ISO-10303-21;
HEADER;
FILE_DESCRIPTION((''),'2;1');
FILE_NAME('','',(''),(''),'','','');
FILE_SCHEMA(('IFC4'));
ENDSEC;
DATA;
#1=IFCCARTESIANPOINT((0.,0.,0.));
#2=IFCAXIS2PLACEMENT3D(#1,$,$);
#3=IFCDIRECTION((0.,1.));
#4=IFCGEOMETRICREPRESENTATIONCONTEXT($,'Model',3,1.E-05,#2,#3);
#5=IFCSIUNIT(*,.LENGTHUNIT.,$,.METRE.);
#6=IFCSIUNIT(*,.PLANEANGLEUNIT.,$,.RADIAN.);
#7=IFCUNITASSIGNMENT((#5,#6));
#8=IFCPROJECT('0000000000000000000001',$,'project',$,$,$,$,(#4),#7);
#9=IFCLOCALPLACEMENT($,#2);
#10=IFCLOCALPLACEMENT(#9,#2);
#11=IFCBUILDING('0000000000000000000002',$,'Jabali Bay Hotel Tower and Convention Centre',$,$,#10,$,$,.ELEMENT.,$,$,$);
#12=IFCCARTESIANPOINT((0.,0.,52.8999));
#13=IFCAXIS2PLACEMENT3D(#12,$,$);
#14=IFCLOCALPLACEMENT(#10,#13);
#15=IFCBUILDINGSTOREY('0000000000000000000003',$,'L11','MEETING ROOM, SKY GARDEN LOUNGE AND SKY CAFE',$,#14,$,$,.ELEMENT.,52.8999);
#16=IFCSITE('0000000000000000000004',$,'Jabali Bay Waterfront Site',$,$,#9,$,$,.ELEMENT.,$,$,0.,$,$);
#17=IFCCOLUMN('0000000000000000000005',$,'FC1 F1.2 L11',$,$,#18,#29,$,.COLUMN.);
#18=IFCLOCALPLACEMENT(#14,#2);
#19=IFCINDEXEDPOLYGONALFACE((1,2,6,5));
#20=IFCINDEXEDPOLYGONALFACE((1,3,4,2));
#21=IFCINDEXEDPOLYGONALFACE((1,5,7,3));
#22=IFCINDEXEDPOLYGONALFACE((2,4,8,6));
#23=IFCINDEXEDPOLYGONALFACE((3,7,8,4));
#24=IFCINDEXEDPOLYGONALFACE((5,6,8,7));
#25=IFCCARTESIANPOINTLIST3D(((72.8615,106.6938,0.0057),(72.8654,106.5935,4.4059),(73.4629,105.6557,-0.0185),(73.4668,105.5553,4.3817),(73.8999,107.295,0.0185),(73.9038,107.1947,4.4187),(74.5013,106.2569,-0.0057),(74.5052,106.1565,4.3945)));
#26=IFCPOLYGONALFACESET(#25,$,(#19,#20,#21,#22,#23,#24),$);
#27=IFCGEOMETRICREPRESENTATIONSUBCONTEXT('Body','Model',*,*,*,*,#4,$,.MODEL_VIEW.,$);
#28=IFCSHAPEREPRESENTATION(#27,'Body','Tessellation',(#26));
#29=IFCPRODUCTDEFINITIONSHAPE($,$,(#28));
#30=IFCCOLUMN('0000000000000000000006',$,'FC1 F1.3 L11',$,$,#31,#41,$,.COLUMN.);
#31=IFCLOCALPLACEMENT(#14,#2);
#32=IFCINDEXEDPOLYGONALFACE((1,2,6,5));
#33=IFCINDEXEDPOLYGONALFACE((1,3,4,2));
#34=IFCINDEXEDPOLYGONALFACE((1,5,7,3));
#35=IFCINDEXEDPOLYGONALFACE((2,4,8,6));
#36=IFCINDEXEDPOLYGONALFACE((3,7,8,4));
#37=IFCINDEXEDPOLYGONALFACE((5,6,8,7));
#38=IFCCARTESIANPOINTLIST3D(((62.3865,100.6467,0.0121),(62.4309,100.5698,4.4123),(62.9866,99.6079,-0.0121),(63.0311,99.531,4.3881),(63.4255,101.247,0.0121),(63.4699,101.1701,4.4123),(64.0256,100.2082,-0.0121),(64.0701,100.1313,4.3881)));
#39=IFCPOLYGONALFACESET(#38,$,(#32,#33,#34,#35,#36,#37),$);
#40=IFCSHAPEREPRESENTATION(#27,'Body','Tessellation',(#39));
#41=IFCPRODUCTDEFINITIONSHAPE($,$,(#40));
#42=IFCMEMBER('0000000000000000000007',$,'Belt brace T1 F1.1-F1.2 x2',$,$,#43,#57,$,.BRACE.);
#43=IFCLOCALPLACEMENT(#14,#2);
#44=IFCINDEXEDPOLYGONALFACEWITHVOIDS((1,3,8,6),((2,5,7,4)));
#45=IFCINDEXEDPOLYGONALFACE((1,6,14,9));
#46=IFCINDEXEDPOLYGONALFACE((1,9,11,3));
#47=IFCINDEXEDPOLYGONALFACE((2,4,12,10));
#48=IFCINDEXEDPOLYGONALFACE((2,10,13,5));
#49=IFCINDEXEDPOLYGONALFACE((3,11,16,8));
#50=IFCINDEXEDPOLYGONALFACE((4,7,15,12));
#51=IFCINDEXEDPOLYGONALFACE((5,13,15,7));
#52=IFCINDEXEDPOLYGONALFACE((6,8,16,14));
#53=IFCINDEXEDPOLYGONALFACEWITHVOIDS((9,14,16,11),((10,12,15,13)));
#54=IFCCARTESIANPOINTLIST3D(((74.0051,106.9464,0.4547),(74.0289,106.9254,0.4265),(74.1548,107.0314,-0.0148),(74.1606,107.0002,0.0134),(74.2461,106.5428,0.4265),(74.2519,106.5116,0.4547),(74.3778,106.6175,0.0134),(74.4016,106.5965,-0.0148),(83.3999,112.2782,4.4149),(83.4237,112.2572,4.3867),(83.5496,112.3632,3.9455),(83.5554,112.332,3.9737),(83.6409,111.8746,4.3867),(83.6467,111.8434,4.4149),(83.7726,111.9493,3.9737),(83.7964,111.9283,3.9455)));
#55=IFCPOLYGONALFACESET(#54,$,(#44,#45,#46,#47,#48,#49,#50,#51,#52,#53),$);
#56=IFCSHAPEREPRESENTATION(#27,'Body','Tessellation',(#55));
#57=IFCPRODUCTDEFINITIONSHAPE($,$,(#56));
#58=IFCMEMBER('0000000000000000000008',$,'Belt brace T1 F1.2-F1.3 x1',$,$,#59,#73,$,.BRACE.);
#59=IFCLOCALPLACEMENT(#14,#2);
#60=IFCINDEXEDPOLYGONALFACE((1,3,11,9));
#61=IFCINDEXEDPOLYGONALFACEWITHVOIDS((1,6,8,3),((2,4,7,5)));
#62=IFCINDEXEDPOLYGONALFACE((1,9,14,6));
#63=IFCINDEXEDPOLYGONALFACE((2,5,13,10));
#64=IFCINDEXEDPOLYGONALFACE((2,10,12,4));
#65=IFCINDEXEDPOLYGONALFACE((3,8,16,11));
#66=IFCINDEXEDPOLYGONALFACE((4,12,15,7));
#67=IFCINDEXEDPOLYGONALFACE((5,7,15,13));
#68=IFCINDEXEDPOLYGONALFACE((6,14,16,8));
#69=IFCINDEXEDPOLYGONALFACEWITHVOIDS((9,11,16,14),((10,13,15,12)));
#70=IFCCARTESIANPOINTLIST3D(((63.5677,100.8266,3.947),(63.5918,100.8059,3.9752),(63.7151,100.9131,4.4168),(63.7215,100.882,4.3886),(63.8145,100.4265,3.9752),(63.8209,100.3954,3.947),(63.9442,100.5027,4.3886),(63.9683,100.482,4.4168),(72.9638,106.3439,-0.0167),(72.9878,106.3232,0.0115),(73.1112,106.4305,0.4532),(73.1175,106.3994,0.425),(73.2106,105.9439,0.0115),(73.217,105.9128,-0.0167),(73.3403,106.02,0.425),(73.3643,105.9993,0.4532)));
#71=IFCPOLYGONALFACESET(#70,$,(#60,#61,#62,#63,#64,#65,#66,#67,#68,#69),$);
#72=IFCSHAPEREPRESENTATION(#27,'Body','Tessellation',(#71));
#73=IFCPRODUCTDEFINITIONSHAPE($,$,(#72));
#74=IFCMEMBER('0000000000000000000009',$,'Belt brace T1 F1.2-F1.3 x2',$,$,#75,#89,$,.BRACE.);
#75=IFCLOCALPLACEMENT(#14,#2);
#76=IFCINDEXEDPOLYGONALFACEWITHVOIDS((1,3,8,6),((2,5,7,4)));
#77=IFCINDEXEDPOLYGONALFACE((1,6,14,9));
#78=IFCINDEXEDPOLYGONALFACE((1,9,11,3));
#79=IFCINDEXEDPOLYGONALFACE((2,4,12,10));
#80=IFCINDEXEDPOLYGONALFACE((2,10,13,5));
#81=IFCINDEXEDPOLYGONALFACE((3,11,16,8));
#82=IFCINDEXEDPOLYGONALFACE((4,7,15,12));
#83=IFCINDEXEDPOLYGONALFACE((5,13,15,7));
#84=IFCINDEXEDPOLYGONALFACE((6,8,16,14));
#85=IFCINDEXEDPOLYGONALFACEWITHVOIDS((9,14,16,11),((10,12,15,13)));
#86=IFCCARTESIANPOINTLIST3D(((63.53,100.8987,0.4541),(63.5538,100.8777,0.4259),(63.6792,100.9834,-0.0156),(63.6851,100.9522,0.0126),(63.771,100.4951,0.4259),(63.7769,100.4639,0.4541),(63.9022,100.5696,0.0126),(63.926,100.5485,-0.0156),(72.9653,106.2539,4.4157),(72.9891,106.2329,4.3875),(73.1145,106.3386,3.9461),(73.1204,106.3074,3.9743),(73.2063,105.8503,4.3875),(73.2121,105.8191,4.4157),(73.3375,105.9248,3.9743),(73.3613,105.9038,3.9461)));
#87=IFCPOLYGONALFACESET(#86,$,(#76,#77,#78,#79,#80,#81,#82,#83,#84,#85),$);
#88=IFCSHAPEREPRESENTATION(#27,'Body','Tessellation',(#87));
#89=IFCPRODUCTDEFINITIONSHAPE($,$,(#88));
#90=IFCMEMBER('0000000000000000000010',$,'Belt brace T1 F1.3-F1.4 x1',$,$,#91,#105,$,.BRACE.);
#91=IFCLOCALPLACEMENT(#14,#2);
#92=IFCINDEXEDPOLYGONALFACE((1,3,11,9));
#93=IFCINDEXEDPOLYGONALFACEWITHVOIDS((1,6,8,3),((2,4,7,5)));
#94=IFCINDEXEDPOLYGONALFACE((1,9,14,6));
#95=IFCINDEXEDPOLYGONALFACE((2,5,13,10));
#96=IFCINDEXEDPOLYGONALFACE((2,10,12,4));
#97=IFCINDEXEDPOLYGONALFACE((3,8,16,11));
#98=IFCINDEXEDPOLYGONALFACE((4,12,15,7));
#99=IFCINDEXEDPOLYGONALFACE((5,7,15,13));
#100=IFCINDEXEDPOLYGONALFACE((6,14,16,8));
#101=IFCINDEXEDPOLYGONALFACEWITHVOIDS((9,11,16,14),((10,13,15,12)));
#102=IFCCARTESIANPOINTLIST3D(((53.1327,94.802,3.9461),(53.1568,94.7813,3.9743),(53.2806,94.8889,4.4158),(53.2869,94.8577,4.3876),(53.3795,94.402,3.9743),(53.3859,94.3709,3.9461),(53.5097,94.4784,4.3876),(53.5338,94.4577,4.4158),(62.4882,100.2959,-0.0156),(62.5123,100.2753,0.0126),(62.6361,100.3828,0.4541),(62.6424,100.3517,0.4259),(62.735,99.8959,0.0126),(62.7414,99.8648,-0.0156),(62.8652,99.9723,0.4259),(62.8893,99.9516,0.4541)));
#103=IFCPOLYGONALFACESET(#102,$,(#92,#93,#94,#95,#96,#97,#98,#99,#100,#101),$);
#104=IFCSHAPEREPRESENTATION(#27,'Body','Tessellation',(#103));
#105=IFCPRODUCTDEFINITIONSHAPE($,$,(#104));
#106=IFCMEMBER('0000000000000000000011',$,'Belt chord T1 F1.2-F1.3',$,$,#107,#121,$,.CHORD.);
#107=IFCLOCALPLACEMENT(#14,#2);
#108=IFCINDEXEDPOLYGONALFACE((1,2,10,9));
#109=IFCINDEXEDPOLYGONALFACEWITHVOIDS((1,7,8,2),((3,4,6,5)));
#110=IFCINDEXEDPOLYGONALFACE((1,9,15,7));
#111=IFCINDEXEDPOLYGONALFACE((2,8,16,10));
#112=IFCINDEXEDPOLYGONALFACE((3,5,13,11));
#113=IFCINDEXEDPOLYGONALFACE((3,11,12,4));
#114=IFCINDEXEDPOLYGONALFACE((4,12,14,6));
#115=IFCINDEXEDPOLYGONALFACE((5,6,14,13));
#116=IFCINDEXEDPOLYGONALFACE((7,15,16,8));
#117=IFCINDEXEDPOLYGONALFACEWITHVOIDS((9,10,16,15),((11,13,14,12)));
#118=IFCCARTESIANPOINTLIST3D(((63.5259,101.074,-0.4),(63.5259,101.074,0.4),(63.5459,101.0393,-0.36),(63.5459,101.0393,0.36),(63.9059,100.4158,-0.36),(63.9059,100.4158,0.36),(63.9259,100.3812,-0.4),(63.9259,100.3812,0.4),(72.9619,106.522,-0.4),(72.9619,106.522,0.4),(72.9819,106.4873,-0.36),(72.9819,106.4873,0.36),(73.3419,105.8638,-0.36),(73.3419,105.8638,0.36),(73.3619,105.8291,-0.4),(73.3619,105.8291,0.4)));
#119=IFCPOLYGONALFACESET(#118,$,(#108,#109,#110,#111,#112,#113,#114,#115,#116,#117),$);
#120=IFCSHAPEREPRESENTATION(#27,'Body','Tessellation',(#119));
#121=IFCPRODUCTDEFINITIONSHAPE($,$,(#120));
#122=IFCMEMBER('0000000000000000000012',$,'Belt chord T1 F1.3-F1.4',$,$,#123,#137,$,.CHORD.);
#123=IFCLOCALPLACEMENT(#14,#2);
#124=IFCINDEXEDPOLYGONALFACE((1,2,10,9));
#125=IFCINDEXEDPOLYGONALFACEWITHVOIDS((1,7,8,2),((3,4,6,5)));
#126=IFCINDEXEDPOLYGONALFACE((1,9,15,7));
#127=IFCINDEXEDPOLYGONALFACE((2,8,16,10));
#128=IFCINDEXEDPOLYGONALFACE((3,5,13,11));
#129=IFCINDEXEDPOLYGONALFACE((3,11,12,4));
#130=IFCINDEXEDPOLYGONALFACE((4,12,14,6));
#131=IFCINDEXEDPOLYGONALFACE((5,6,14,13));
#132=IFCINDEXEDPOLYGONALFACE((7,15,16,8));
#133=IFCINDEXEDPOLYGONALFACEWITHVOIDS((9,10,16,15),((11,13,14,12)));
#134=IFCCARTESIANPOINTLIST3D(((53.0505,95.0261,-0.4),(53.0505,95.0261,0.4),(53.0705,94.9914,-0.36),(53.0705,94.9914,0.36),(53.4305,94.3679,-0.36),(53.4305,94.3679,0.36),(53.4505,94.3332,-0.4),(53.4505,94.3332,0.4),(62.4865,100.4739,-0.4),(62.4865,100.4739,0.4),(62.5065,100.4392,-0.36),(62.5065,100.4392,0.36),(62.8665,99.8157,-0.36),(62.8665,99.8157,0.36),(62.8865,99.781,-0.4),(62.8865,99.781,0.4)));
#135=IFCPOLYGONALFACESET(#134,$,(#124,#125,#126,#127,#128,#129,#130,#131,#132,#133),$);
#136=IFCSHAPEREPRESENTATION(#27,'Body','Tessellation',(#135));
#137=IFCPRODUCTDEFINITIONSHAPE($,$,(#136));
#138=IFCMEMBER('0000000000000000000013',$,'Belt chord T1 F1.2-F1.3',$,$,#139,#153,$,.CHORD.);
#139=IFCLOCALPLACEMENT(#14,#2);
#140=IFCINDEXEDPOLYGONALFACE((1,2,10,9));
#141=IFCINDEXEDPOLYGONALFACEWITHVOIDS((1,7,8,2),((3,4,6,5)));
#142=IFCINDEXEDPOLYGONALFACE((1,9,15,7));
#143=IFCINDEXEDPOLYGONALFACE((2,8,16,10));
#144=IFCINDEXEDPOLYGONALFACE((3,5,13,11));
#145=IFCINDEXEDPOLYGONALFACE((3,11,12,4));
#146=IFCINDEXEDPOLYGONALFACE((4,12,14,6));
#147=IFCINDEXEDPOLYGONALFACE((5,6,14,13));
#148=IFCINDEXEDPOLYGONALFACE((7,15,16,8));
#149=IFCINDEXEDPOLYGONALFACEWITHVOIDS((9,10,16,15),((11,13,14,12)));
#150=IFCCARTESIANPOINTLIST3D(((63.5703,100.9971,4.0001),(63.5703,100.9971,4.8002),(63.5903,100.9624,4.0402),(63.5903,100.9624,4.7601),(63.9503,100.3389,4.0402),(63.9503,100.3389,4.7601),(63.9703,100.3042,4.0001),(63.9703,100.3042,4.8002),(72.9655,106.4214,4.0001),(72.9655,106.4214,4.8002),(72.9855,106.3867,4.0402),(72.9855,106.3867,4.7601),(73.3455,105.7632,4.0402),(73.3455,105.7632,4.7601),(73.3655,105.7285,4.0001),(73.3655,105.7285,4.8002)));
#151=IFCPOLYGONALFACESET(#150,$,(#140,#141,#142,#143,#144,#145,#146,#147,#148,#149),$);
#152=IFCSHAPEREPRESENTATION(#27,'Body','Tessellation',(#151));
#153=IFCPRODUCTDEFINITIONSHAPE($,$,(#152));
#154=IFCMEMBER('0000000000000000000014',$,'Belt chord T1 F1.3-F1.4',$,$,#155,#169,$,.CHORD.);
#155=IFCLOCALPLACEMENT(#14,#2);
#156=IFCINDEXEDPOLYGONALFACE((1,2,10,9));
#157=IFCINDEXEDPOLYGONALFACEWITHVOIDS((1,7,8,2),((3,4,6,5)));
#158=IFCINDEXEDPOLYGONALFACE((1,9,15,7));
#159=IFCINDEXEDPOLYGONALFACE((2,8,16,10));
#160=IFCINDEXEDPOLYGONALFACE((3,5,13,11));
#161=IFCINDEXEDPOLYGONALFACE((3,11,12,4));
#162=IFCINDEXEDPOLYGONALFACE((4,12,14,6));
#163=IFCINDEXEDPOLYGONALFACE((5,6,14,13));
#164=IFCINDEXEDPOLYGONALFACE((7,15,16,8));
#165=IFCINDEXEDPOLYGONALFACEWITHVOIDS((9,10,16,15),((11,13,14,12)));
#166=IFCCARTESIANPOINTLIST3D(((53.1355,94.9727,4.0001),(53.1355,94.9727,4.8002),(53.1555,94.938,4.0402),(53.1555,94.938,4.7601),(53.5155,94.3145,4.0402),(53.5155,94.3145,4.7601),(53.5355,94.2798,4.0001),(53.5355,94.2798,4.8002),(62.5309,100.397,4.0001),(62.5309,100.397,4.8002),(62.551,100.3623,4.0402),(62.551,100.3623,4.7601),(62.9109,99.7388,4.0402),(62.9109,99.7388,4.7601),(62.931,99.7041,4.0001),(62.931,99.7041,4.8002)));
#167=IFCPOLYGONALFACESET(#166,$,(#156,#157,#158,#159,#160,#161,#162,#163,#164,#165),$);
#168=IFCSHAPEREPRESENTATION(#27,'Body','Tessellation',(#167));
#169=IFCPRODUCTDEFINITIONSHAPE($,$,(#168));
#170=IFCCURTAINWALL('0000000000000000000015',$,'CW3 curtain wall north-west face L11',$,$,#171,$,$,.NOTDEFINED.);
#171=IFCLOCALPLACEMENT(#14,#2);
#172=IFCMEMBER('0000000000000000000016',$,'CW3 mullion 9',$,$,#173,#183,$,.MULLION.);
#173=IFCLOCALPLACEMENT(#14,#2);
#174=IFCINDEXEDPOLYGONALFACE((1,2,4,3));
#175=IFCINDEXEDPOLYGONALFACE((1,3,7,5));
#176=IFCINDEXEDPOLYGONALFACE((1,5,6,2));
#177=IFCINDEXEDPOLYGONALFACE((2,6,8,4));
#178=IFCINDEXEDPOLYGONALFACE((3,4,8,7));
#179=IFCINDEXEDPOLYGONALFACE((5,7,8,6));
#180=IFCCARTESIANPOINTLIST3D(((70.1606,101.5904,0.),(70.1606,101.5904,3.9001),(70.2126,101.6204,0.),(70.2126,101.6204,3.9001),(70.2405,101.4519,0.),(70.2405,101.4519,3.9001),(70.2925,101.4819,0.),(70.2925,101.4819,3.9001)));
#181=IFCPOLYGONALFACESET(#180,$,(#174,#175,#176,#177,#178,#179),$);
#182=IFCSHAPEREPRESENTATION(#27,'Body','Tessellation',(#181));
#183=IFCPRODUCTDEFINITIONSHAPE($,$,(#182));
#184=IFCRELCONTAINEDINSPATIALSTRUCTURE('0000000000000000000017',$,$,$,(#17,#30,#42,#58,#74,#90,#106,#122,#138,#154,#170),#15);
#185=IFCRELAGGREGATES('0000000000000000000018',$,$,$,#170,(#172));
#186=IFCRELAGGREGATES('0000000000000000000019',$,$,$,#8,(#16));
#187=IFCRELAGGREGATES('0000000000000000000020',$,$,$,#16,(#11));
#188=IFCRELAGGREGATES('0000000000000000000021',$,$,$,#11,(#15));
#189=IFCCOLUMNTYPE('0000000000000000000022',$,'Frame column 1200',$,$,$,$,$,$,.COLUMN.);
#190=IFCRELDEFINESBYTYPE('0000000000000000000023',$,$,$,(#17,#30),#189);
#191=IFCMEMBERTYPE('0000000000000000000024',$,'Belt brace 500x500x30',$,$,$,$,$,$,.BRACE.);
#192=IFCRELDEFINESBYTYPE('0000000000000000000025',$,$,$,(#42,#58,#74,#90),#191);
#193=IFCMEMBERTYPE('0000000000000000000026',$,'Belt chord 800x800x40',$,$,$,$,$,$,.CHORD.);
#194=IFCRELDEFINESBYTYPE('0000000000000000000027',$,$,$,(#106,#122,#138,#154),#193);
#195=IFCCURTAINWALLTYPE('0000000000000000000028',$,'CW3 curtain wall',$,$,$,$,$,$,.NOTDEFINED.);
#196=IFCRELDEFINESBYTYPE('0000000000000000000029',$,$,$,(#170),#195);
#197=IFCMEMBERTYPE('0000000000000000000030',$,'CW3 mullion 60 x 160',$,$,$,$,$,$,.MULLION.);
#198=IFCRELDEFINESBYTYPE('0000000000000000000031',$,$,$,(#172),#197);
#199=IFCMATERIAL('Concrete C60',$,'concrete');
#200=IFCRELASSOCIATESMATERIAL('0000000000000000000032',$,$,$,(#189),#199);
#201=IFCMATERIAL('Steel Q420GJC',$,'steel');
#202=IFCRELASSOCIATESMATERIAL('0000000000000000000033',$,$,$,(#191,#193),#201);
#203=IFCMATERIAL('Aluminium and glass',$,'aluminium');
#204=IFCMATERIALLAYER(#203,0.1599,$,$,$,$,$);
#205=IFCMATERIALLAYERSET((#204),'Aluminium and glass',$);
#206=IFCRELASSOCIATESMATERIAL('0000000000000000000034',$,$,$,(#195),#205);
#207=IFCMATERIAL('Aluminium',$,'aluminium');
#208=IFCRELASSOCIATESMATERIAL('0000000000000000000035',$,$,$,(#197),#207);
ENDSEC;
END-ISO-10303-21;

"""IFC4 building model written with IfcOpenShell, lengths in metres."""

from ifc_helpers import new_model, si_unit, direction, frame, origin, origin_2d, place, context, subcontext, project, spatial, rectangle, hollow_rectangle, extrude, material, layer, layer_set, material_profile, profile_set, type_object, element, aggregate, save


model = new_model("IFC4")

# Units and contexts
model_context = context("Model", 3, precision=1e-05, world=origin(), true_north=direction((0.0, 1.0)))
body_context = subcontext(model_context, "Body", "Model", "MODEL_VIEW")
ifc_project = project(units=[si_unit("LENGTHUNIT", "METRE"), si_unit("PLANEANGLEUNIT", "RADIAN")], contexts=[model_context])

# Site, building, storey
site_placement = place(None, origin())
site = spatial("IfcSite", under=ifc_project, at=site_placement, Name="Jabali Bay Waterfront Site", CompositionType="ELEMENT", RefElevation=0.0)
building_placement = place(site_placement, origin())
building = spatial("IfcBuilding", under=site, at=building_placement, Name="Jabali Bay Hotel Tower and Convention Centre", CompositionType="ELEMENT")
storey_placement = place(building_placement, frame((0.0, 0.0, 52.8999)))
storey = spatial("IfcBuildingStorey", under=building, at=storey_placement, Name="L11", Description="MEETING ROOM, SKY GARDEN LOUNGE AND SKY CAFE", CompositionType="ELEMENT", Elevation=52.8999)

# Columns
ifc_material_1 = material(Name="Concrete C60", Category="concrete")
ifc_material_profile_1 = material_profile(ifc_material_1, rectangle(XDim=1.2, YDim=1.2, at=origin_2d()), Name="Frame column 1200")
ifc_profile_set_1 = profile_set([ifc_material_profile_1], Name="Concrete C60")
column_type = type_object("IfcColumnType", Name="Frame column 1200", PredefinedType="COLUMN", material=ifc_profile_set_1)
column_1_placement = place(storey_placement, frame((73.6814, 106.4753, 0.0), z_axis=(0.000888, -0.022798, 0.99974), x_axis=(0.865377, 0.501009, 0.010657)))
element("IfcColumn", 1, at=column_1_placement, inside=storey, type_object=column_type, Name="FC1 F1.2 L11", PredefinedType="COLUMN", context=body_context, shape_type="SweptSolid", body=[
    extrude(rectangle(XDim=1.2, YDim=1.2, at=origin_2d()), origin(), (0.0, 0.0, 1.0), 4.4014),
])
column_2_placement = place(storey_placement, frame((63.2061, 100.4275, 0.0), z_axis=(0.010096, -0.017474, 0.999796), x_axis=(-0.500172, 0.865691, 0.020181)))
element("IfcColumn", 2, at=column_2_placement, inside=storey, type_object=column_type, Name="FC1 F1.3 L11", PredefinedType="COLUMN", context=body_context, shape_type="SweptSolid", body=[
    extrude(rectangle(XDim=1.2, YDim=1.2, at=origin_2d()), origin(), (0.0, 0.0, 1.0), 4.4011),
])

# Members
ifc_material_2 = material(Name="Steel Q420GJC", Category="steel")
ifc_material_profile_2 = material_profile(ifc_material_2, hollow_rectangle(XDim=0.5, YDim=0.5, WallThickness=0.03, at=origin_2d()), Name="Belt brace 500x500x30")
ifc_profile_set_2 = profile_set([ifc_material_profile_2], Name="Steel Q420GJC")
member_type_1 = type_object("IfcMemberType", Name="Belt brace 500x500x30", PredefinedType="BRACE", material=ifc_profile_set_2)
member_1_placement = place(storey_placement, frame((74.2034, 106.7715, 0.22), z_axis=(0.816557, 0.463418, 0.344206), x_axis=(-0.493579, 0.869701, 0.0)))
element("IfcMember", 3, at=member_1_placement, inside=storey, type_object=member_type_1, Name="Belt brace T1 F1.1-F1.2 x2", PredefinedType="BRACE", context=body_context, shape_type="SweptSolid", body=[
    extrude(hollow_rectangle(XDim=0.5, YDim=0.5, WallThickness=0.03, at=origin_2d()), origin(), (0.0, 0.0, 1.0), 11.5054),
])
member_2_placement = place(storey_placement, frame((73.1641, 106.1716, 0.2183), z_axis=(-0.810373, -0.475852, 0.341849), x_axis=(0.506357, -0.862324, 0.0)))
element("IfcMember", 4, at=member_2_placement, inside=storey, type_object=member_type_1, Name="Belt brace T1 F1.2-F1.3 x1", PredefinedType="BRACE", context=body_context, shape_type="SweptSolid", body=[
    extrude(hollow_rectangle(XDim=0.5, YDim=0.5, WallThickness=0.03, at=origin_2d()), origin(), (0.0, 0.0, 1.0), 11.5947),
])
member_3_placement = place(storey_placement, frame((63.728, 100.7236, 0.2192), z_axis=(0.816923, 0.463663, 0.343007), x_axis=(-0.493609, 0.869684, 0.0)))
element("IfcMember", 5, at=member_3_placement, inside=storey, type_object=member_type_1, Name="Belt brace T1 F1.2-F1.3 x2", PredefinedType="BRACE", context=body_context, shape_type="SweptSolid", body=[
    extrude(hollow_rectangle(XDim=0.5, YDim=0.5, WallThickness=0.03, at=origin_2d()), origin(), (0.0, 0.0, 1.0), 11.5498),
])
member_4_placement = place(storey_placement, frame((62.6887, 100.1238, 0.2192), z_axis=(-0.809997, -0.475662, 0.343002), x_axis=(0.506382, -0.862309, 0.0)))
element("IfcMember", 6, at=member_4_placement, inside=storey, type_object=member_type_1, Name="Belt brace T1 F1.3-F1.4 x1", PredefinedType="BRACE", context=body_context, shape_type="SweptSolid", body=[
    extrude(hollow_rectangle(XDim=0.5, YDim=0.5, WallThickness=0.03, at=origin_2d()), origin(), (0.0, 0.0, 1.0), 11.55),
])
ifc_material_profile_3 = material_profile(ifc_material_2, hollow_rectangle(XDim=0.8, YDim=0.8, WallThickness=0.04, at=origin_2d()), Name="Belt chord 800x800x40")
ifc_profile_set_3 = profile_set([ifc_material_profile_3], Name="Steel Q420GJC")
member_type_2 = type_object("IfcMemberType", Name="Belt chord 800x800x40", PredefinedType="CHORD", material=ifc_profile_set_3)
for number, where, z_axis, x_axis, name in (
    (7, (73.1619, 106.1755, 0.0), (-0.866021, -0.500007, 0.0), (0.500007, -0.866021, 0.0), "Belt chord T1 F1.2-F1.3"),
    (8, (62.6865, 100.1274, 0.0), (-0.866031, -0.49999, 0.0), (0.49999, -0.866031, 0.0), "Belt chord T1 F1.3-F1.4"),
):
    element("IfcMember", number, at=place(storey_placement, frame(where, z_axis=z_axis, x_axis=x_axis)), inside=storey, type_object=member_type_2, Name=name, PredefinedType="CHORD", context=body_context, shape_type="SweptSolid", body=[
        extrude(hollow_rectangle(XDim=0.8, YDim=0.8, WallThickness=0.04, at=origin_2d()), origin(), (0.0, 0.0, 1.0), 10.8958),
    ])
member_5_placement = place(storey_placement, frame((73.1655, 106.075, 4.4001), z_axis=(-0.866027, -0.499997, 0.0), x_axis=(0.499997, -0.866027, 0.0)))
element("IfcMember", 9, at=member_5_placement, inside=storey, type_object=member_type_2, Name="Belt chord T1 F1.2-F1.3", PredefinedType="CHORD", context=body_context, shape_type="SweptSolid", body=[
    extrude(hollow_rectangle(XDim=0.8, YDim=0.8, WallThickness=0.04, at=origin_2d()), origin(), (0.0, 0.0, 1.0), 10.8486),
])
member_6_placement = place(storey_placement, frame((62.731, 100.0505, 4.4001), z_axis=(-0.866033, -0.499987, 0.0), x_axis=(0.499987, -0.866033, 0.0)))
element("IfcMember", 10, at=member_6_placement, inside=storey, type_object=member_type_2, Name="Belt chord T1 F1.3-F1.4", PredefinedType="CHORD", context=body_context, shape_type="SweptSolid", body=[
    extrude(hollow_rectangle(XDim=0.8, YDim=0.8, WallThickness=0.04, at=origin_2d()), origin(), (0.0, 0.0, 1.0), 10.8489),
])

# Curtain wall, member
ifc_material_3 = material(Name="Aluminium and glass", Category="aluminium")
ifc_layer_1 = layer(ifc_material_3, 0.1599)
ifc_layer_set_1 = layer_set([ifc_layer_1], Name="Aluminium and glass")
curtain_wall_type = type_object("IfcCurtainWallType", Name="CW3 curtain wall", PredefinedType="NOTDEFINED", material=ifc_layer_set_1)
curtain_wall_placement = place(storey_placement, origin())
curtain_wall = element("IfcCurtainWall", 11, at=curtain_wall_placement, inside=storey, type_object=curtain_wall_type, Name="CW3 curtain wall north-west face L11", PredefinedType="NOTDEFINED")
ifc_material_4 = material(Name="Aluminium", Category="aluminium")
ifc_material_profile_4 = material_profile(ifc_material_4, rectangle(XDim=0.1599, YDim=0.0601, at=origin_2d()), Name="CW3 mullion 60 x 160")
ifc_profile_set_4 = profile_set([ifc_material_profile_4], Name="Aluminium")
member_type_3 = type_object("IfcMemberType", Name="CW3 mullion 60 x 160", PredefinedType="MULLION", material=ifc_profile_set_4)
member_7_placement = place(storey_placement, frame((70.2266, 101.5361, 0.0), z_axis=(0.0, 0.0, 1.0), x_axis=(-0.5, 0.866025, 0.0)))
member_7 = element("IfcMember", 12, at=member_7_placement, type_object=member_type_3, Name="CW3 mullion 9", PredefinedType="MULLION", context=body_context, shape_type="SweptSolid", body=[
    extrude(rectangle(XDim=0.1599, YDim=0.0601, at=origin_2d()), origin(), (0.0, 0.0, 1.0), 3.9001),
])
aggregate(curtain_wall, [member_7])

save(model, "model.ifc")
